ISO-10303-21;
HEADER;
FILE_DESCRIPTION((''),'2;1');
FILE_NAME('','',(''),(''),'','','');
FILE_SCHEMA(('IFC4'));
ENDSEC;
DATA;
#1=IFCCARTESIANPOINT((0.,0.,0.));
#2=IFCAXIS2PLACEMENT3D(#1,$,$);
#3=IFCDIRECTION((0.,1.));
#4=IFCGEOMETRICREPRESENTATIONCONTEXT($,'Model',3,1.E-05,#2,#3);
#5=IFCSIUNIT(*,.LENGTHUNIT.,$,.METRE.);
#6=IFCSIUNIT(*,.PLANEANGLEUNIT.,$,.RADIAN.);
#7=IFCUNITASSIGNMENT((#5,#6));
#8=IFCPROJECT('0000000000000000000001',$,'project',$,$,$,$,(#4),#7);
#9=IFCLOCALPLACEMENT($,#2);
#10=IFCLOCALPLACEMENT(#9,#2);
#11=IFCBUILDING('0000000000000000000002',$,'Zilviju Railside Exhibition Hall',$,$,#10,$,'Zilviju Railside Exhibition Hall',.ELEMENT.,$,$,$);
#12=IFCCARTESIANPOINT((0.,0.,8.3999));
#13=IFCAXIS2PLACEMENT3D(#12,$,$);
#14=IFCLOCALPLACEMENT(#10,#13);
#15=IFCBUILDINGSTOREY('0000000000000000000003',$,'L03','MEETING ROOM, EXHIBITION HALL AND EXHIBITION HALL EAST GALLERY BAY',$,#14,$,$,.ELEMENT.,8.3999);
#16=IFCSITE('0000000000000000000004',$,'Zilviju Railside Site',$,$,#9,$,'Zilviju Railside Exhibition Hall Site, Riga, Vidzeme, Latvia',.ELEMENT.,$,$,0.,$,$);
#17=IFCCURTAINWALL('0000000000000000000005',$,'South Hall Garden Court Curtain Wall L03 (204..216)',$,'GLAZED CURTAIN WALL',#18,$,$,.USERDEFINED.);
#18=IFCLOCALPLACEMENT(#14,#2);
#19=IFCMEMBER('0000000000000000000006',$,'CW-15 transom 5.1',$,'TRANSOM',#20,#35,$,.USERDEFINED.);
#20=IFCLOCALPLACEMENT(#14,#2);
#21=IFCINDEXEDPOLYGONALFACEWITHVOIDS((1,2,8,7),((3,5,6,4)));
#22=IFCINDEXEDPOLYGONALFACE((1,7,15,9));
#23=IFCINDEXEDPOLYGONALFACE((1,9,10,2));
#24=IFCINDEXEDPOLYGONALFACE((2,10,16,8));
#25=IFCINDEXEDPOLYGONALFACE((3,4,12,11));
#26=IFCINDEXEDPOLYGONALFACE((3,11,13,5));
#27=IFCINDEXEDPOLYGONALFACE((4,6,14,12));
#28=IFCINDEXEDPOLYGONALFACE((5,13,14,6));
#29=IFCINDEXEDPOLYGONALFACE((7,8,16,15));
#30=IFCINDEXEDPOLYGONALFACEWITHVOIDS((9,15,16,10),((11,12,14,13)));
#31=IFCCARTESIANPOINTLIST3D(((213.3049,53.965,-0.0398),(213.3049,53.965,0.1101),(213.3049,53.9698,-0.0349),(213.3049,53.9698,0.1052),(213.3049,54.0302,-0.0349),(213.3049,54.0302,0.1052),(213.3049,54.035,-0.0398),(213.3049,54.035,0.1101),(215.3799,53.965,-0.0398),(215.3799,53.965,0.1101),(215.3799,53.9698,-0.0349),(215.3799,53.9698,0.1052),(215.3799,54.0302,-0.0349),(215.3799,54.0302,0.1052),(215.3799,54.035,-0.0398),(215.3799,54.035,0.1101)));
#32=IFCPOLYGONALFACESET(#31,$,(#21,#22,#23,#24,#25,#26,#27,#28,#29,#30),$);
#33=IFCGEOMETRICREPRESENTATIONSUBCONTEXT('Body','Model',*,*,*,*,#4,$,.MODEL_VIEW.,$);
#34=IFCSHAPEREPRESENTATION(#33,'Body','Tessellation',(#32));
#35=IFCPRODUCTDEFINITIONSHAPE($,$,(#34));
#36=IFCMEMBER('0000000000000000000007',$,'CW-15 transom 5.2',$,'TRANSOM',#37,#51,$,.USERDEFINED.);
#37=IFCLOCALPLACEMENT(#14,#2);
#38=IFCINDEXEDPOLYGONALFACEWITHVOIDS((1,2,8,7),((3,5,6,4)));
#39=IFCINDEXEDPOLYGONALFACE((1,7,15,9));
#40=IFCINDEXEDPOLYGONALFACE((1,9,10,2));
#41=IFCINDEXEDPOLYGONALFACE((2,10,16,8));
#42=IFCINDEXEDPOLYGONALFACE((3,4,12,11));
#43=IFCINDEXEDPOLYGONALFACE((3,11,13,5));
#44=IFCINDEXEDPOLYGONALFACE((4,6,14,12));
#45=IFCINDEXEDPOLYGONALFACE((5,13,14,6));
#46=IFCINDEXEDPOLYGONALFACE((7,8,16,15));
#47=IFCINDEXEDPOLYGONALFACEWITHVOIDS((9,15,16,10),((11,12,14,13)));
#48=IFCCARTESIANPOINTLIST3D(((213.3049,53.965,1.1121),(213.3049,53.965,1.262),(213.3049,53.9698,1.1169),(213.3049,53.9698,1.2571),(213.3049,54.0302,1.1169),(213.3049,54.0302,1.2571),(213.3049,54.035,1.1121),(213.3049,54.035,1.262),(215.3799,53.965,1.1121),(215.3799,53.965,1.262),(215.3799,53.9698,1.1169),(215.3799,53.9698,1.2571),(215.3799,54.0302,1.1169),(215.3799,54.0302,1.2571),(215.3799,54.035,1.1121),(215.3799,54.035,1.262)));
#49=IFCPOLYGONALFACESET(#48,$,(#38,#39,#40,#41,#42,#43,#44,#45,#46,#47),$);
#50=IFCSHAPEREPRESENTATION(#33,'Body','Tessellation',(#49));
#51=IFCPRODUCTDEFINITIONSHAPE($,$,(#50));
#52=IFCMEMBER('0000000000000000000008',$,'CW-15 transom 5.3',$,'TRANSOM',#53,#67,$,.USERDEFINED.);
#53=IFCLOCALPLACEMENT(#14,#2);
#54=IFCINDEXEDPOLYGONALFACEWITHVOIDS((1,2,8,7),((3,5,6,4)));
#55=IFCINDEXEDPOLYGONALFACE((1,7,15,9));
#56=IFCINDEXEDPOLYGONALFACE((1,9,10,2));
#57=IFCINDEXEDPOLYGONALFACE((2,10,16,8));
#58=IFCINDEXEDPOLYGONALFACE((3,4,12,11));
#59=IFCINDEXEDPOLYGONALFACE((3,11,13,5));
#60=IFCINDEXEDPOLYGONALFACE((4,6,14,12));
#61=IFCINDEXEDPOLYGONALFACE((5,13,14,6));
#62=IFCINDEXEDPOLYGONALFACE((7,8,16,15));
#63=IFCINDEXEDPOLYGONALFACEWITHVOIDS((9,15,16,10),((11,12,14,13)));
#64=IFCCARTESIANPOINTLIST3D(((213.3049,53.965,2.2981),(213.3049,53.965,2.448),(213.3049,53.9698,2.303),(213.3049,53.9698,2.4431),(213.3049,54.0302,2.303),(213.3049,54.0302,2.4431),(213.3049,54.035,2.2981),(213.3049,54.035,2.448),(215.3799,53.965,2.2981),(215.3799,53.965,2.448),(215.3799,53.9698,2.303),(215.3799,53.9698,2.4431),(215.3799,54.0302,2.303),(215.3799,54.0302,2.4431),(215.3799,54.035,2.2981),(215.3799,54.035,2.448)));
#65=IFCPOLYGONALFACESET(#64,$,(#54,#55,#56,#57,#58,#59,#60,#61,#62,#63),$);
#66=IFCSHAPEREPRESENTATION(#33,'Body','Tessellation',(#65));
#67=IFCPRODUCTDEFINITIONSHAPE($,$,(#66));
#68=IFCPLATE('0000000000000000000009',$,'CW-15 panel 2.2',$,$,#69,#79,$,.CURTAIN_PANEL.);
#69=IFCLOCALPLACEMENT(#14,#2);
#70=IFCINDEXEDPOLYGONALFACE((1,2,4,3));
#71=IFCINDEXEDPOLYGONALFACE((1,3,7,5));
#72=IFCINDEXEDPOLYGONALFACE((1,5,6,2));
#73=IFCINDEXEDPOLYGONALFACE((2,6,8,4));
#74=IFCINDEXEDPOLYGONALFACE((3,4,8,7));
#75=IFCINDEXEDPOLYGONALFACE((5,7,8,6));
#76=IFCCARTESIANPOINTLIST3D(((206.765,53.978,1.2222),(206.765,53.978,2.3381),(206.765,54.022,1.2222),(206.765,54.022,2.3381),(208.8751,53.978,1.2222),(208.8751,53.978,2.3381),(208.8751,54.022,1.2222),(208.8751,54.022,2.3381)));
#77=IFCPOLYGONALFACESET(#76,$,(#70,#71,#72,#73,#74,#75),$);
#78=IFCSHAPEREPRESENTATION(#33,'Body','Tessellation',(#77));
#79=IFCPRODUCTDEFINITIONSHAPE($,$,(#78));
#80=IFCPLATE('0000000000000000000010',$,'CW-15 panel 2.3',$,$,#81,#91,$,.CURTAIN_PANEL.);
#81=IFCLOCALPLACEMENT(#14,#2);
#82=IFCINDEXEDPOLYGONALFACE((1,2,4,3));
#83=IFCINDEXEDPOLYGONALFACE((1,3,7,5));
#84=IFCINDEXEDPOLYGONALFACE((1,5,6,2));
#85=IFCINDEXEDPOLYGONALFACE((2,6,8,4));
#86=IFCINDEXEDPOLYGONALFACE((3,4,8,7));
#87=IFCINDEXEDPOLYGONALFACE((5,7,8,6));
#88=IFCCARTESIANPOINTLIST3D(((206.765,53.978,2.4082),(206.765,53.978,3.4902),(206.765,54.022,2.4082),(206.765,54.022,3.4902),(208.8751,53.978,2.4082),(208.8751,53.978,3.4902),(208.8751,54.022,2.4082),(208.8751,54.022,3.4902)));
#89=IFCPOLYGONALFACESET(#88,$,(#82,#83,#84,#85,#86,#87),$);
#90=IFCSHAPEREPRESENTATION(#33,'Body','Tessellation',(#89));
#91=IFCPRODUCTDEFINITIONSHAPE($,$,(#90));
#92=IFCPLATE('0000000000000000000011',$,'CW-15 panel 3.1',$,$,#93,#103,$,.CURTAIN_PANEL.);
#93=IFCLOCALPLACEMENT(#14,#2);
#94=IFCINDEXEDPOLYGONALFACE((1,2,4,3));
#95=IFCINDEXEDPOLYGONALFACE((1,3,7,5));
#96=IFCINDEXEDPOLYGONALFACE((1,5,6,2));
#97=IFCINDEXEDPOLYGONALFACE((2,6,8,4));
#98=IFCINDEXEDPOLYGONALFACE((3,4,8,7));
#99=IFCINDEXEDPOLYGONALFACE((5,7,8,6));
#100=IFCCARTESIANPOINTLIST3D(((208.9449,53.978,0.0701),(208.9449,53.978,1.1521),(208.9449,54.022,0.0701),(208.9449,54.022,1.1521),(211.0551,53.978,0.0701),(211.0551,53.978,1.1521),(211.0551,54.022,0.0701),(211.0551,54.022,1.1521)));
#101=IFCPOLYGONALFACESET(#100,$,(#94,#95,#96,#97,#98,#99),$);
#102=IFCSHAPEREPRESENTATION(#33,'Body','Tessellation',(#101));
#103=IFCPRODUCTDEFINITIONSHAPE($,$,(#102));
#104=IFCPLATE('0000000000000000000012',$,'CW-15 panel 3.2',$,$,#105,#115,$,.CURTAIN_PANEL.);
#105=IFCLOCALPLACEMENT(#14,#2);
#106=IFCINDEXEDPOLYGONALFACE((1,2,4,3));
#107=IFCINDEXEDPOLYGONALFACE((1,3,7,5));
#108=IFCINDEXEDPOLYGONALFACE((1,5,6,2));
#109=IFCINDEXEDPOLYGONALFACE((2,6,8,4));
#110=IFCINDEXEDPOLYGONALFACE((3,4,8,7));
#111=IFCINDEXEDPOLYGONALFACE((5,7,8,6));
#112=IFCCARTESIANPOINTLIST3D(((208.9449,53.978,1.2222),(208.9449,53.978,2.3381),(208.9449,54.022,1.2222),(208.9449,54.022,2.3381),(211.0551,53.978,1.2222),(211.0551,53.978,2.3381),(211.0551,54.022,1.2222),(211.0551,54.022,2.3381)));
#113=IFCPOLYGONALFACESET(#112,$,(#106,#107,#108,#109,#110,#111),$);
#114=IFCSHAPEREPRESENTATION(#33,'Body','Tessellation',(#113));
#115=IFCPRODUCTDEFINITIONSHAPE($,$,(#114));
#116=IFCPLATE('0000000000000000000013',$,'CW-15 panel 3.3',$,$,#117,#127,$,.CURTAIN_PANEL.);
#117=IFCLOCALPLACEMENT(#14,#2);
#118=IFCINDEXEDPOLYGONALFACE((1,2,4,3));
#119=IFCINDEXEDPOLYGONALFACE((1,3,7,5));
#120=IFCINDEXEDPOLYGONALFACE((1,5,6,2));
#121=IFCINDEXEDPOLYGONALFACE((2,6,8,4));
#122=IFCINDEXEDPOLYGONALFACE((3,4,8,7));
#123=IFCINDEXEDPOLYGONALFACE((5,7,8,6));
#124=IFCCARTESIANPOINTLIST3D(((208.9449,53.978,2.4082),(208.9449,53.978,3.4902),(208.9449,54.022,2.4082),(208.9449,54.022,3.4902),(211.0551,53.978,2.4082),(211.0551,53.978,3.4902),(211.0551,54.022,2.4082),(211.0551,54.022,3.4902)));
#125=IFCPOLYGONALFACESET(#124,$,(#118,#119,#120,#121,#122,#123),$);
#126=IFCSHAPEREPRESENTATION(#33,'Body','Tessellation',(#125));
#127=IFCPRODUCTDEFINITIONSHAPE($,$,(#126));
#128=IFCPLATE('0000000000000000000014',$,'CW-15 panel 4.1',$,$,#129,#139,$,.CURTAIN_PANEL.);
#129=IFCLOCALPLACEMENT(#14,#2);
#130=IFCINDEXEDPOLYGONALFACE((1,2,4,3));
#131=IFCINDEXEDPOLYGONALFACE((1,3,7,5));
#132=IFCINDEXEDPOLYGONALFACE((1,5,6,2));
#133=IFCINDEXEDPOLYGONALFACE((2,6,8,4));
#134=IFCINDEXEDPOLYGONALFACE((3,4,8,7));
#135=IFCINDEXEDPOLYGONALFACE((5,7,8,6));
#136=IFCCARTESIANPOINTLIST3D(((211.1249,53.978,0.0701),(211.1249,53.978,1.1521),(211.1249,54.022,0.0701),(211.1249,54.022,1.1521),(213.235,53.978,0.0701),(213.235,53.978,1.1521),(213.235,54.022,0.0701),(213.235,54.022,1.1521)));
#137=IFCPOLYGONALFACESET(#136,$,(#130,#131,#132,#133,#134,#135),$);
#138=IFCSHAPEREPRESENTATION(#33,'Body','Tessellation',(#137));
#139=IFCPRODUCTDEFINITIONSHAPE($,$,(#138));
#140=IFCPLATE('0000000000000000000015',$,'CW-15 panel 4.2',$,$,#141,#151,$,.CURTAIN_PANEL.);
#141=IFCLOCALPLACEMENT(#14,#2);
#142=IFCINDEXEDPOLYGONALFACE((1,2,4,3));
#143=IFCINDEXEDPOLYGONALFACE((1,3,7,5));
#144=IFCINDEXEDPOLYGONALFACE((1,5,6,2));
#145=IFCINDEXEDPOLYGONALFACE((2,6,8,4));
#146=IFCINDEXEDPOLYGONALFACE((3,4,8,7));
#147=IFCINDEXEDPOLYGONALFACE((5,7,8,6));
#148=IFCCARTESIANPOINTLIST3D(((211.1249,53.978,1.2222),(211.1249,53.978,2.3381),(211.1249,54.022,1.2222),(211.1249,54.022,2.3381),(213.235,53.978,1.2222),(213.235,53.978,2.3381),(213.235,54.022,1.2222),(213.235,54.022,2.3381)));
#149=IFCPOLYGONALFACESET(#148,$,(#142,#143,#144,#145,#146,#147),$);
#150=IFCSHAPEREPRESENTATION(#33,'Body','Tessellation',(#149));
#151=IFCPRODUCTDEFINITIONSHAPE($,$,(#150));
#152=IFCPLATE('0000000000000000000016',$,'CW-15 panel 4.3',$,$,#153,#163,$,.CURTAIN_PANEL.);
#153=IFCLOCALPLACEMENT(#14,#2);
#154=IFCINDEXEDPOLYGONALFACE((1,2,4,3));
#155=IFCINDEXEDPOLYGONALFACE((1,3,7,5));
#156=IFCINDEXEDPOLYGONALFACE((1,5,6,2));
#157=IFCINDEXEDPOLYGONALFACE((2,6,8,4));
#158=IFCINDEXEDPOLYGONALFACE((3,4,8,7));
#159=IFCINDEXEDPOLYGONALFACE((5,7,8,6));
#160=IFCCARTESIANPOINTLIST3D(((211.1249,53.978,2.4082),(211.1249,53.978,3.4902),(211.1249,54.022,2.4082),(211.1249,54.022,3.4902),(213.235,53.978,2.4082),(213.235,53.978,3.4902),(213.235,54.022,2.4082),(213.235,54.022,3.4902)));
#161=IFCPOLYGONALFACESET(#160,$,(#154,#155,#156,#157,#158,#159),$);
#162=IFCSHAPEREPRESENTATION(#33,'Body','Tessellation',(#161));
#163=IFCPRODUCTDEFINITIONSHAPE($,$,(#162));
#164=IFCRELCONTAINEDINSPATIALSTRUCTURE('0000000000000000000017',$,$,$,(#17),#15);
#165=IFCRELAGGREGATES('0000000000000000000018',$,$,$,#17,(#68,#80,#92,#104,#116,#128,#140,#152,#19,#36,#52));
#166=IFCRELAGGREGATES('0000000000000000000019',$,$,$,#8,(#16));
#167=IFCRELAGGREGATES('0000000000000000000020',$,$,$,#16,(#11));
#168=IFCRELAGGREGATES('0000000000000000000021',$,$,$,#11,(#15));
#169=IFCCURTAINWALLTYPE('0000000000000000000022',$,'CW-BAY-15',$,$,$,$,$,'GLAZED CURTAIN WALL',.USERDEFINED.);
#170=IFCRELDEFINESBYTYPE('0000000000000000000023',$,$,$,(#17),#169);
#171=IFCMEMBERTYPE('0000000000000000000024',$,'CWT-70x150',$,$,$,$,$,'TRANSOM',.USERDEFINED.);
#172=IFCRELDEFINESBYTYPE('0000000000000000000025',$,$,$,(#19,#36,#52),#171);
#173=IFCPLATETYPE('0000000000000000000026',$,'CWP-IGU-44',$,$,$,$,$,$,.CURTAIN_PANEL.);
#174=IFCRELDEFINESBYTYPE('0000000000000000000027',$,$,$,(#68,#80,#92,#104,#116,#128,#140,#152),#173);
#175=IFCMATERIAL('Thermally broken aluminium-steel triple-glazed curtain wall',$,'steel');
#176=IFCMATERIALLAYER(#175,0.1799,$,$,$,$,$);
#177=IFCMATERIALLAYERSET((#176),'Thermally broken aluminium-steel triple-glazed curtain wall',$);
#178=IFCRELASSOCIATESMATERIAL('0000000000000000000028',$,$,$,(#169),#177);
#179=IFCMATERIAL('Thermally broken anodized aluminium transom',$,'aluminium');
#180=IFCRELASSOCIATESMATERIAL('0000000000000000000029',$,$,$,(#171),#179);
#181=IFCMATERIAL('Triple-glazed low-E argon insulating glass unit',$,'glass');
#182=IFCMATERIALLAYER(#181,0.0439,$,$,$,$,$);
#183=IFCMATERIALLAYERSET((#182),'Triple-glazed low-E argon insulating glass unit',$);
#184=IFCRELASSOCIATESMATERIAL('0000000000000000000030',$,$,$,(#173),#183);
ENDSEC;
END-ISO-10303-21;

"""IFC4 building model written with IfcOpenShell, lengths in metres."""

from ifc_helpers import new_model, si_unit, direction, frame, origin, origin_2d, place, context, subcontext, project, spatial, rectangle, hollow_rectangle, extrude, material, layer, layer_set, material_profile, profile_set, type_object, element, aggregate, save


model = new_model("IFC4")

# Units and contexts
model_context = context("Model", 3, precision=1e-05, world=origin(), true_north=direction((0.0, 1.0)))
body_context = subcontext(model_context, "Body", "Model", "MODEL_VIEW")
ifc_project = project(units=[si_unit("LENGTHUNIT", "METRE"), si_unit("PLANEANGLEUNIT", "RADIAN")], contexts=[model_context])

# Site, building, storey
site_placement = place(None, origin())
site = spatial("IfcSite", under=ifc_project, at=site_placement, Name="Zilviju Railside Site", LongName="Zilviju Railside Exhibition Hall Site, Riga, Vidzeme, Latvia", CompositionType="ELEMENT", RefElevation=0.0)
building_placement = place(site_placement, origin())
building = spatial("IfcBuilding", under=site, at=building_placement, Name="Zilviju Railside Exhibition Hall", LongName="Zilviju Railside Exhibition Hall", CompositionType="ELEMENT")
storey_placement = place(building_placement, frame((0.0, 0.0, 8.3999)))
storey = spatial("IfcBuildingStorey", under=building, at=storey_placement, Name="L03", Description="MEETING ROOM, EXHIBITION HALL AND EXHIBITION HALL EAST GALLERY BAY", CompositionType="ELEMENT", Elevation=8.3999)

# Curtain wall, members, plates
ifc_material_1 = material(Name="Thermally broken aluminium-steel triple-glazed curtain wall", Category="steel")
ifc_layer_1 = layer(ifc_material_1, 0.1799)
ifc_layer_set_1 = layer_set([ifc_layer_1], Name="Thermally broken aluminium-steel triple-glazed curtain wall")
curtain_wall_type = type_object("IfcCurtainWallType", Name="CW-BAY-15", ElementType="GLAZED CURTAIN WALL", PredefinedType="USERDEFINED", material=ifc_layer_set_1)
curtain_wall_placement = place(storey_placement, origin())
curtain_wall = element("IfcCurtainWall", 1, at=curtain_wall_placement, inside=storey, type_object=curtain_wall_type, Name="South Hall Garden Court Curtain Wall L03 (204..216)", ObjectType="GLAZED CURTAIN WALL", PredefinedType="USERDEFINED")
ifc_material_2 = material(Name="Thermally broken anodized aluminium transom", Category="aluminium")
ifc_material_profile_1 = material_profile(ifc_material_2, hollow_rectangle(XDim=0.0701, YDim=0.1499, WallThickness=0.0049, at=origin_2d()), Name="TRANSOM 150x70x5")
ifc_profile_set_1 = profile_set([ifc_material_profile_1], Name="Thermally broken anodized aluminium transom")
member_type_1 = type_object("IfcMemberType", Name="CWT-70x150", ElementType="TRANSOM", PredefinedType="USERDEFINED", material=ifc_profile_set_1)
member_1_placement = place(storey_placement, frame((213.3049, 54.0, 0.0352), z_axis=(1.0, 0.0, 0.0), x_axis=(0.0, 1.0, 0.0)))
member_1 = element("IfcMember", 2, at=member_1_placement, type_object=member_type_1, Name="CW-15 transom 5.1", ObjectType="TRANSOM", PredefinedType="USERDEFINED", context=body_context, shape_type="SweptSolid", body=[
    extrude(hollow_rectangle(XDim=0.0701, YDim=0.1499, WallThickness=0.0049, at=origin_2d()), origin(), (0.0, 0.0, 1.0), 2.075),
])
member_2_placement = place(storey_placement, frame((213.3049, 54.0, 1.187), z_axis=(1.0, 0.0, 0.0), x_axis=(0.0, 1.0, 0.0)))
member_2 = element("IfcMember", 3, at=member_2_placement, type_object=member_type_1, Name="CW-15 transom 5.2", ObjectType="TRANSOM", PredefinedType="USERDEFINED", context=body_context, shape_type="SweptSolid", body=[
    extrude(hollow_rectangle(XDim=0.0701, YDim=0.1499, WallThickness=0.0049, at=origin_2d()), origin(), (0.0, 0.0, 1.0), 2.075),
])
member_3_placement = place(storey_placement, frame((213.3049, 54.0, 2.373), z_axis=(1.0, 0.0, 0.0), x_axis=(0.0, 1.0, 0.0)))
member_3 = element("IfcMember", 4, at=member_3_placement, type_object=member_type_1, Name="CW-15 transom 5.3", ObjectType="TRANSOM", PredefinedType="USERDEFINED", context=body_context, shape_type="SweptSolid", body=[
    extrude(hollow_rectangle(XDim=0.0701, YDim=0.1499, WallThickness=0.0049, at=origin_2d()), origin(), (0.0, 0.0, 1.0), 2.075),
])
ifc_material_3 = material(Name="Triple-glazed low-E argon insulating glass unit", Category="glass")
ifc_layer_2 = layer(ifc_material_3, 0.0439)
ifc_layer_set_2 = layer_set([ifc_layer_2], Name="Triple-glazed low-E argon insulating glass unit")
plate_type = type_object("IfcPlateType", Name="CWP-IGU-44", PredefinedType="CURTAIN_PANEL", material=ifc_layer_set_2)
plate_1_placement = place(storey_placement, frame((207.8201, 54.0, 1.2222), z_axis=(0.0, 0.0, 1.0), x_axis=(1.0, 0.0, 0.0)))
plate_1 = element("IfcPlate", 5, at=plate_1_placement, type_object=plate_type, Name="CW-15 panel 2.2", PredefinedType="CURTAIN_PANEL", context=body_context, shape_type="SweptSolid", body=[
    extrude(rectangle(XDim=2.1101, YDim=0.0439, at=origin_2d()), origin(), (0.0, 0.0, 1.0), 1.116),
])
plate_2_placement = place(storey_placement, frame((207.8201, 54.0, 2.4082), z_axis=(0.0, 0.0, 1.0), x_axis=(1.0, 0.0, 0.0)))
plate_2 = element("IfcPlate", 6, at=plate_2_placement, type_object=plate_type, Name="CW-15 panel 2.3", PredefinedType="CURTAIN_PANEL", context=body_context, shape_type="SweptSolid", body=[
    extrude(rectangle(XDim=2.1101, YDim=0.0439, at=origin_2d()), origin(), (0.0, 0.0, 1.0), 1.082),
])
plate_3_placement = place(storey_placement, frame((210.0, 54.0, 0.0701), z_axis=(0.0, 0.0, 1.0), x_axis=(1.0, 0.0, 0.0)))
plate_3 = element("IfcPlate", 7, at=plate_3_placement, type_object=plate_type, Name="CW-15 panel 3.1", PredefinedType="CURTAIN_PANEL", context=body_context, shape_type="SweptSolid", body=[
    extrude(rectangle(XDim=2.1101, YDim=0.0439, at=origin_2d()), origin(), (0.0, 0.0, 1.0), 1.082),
])
plate_4_placement = place(storey_placement, frame((210.0, 54.0, 1.2222), z_axis=(0.0, 0.0, 1.0), x_axis=(1.0, 0.0, 0.0)))
plate_4 = element("IfcPlate", 8, at=plate_4_placement, type_object=plate_type, Name="CW-15 panel 3.2", PredefinedType="CURTAIN_PANEL", context=body_context, shape_type="SweptSolid", body=[
    extrude(rectangle(XDim=2.1101, YDim=0.0439, at=origin_2d()), origin(), (0.0, 0.0, 1.0), 1.116),
])
plate_5_placement = place(storey_placement, frame((210.0, 54.0, 2.4082), z_axis=(0.0, 0.0, 1.0), x_axis=(1.0, 0.0, 0.0)))
plate_5 = element("IfcPlate", 9, at=plate_5_placement, type_object=plate_type, Name="CW-15 panel 3.3", PredefinedType="CURTAIN_PANEL", context=body_context, shape_type="SweptSolid", body=[
    extrude(rectangle(XDim=2.1101, YDim=0.0439, at=origin_2d()), origin(), (0.0, 0.0, 1.0), 1.082),
])
plate_6_placement = place(storey_placement, frame((212.1799, 54.0, 0.0701), z_axis=(0.0, 0.0, 1.0), x_axis=(1.0, 0.0, 0.0)))
plate_6 = element("IfcPlate", 10, at=plate_6_placement, type_object=plate_type, Name="CW-15 panel 4.1", PredefinedType="CURTAIN_PANEL", context=body_context, shape_type="SweptSolid", body=[
    extrude(rectangle(XDim=2.1101, YDim=0.0439, at=origin_2d()), origin(), (0.0, 0.0, 1.0), 1.082),
])
plate_7_placement = place(storey_placement, frame((212.1799, 54.0, 1.2222), z_axis=(0.0, 0.0, 1.0), x_axis=(1.0, 0.0, 0.0)))
plate_7 = element("IfcPlate", 11, at=plate_7_placement, type_object=plate_type, Name="CW-15 panel 4.2", PredefinedType="CURTAIN_PANEL", context=body_context, shape_type="SweptSolid", body=[
    extrude(rectangle(XDim=2.1101, YDim=0.0439, at=origin_2d()), origin(), (0.0, 0.0, 1.0), 1.116),
])
plate_8_placement = place(storey_placement, frame((212.1799, 54.0, 2.4082), z_axis=(0.0, 0.0, 1.0), x_axis=(1.0, 0.0, 0.0)))
plate_8 = element("IfcPlate", 12, at=plate_8_placement, type_object=plate_type, Name="CW-15 panel 4.3", PredefinedType="CURTAIN_PANEL", context=body_context, shape_type="SweptSolid", body=[
    extrude(rectangle(XDim=2.1101, YDim=0.0439, at=origin_2d()), origin(), (0.0, 0.0, 1.0), 1.082),
])
aggregate(curtain_wall, [plate_1, plate_2, plate_3, plate_4, plate_5, plate_6, plate_7, plate_8, member_1, member_2, member_3])

save(model, "model.ifc")
